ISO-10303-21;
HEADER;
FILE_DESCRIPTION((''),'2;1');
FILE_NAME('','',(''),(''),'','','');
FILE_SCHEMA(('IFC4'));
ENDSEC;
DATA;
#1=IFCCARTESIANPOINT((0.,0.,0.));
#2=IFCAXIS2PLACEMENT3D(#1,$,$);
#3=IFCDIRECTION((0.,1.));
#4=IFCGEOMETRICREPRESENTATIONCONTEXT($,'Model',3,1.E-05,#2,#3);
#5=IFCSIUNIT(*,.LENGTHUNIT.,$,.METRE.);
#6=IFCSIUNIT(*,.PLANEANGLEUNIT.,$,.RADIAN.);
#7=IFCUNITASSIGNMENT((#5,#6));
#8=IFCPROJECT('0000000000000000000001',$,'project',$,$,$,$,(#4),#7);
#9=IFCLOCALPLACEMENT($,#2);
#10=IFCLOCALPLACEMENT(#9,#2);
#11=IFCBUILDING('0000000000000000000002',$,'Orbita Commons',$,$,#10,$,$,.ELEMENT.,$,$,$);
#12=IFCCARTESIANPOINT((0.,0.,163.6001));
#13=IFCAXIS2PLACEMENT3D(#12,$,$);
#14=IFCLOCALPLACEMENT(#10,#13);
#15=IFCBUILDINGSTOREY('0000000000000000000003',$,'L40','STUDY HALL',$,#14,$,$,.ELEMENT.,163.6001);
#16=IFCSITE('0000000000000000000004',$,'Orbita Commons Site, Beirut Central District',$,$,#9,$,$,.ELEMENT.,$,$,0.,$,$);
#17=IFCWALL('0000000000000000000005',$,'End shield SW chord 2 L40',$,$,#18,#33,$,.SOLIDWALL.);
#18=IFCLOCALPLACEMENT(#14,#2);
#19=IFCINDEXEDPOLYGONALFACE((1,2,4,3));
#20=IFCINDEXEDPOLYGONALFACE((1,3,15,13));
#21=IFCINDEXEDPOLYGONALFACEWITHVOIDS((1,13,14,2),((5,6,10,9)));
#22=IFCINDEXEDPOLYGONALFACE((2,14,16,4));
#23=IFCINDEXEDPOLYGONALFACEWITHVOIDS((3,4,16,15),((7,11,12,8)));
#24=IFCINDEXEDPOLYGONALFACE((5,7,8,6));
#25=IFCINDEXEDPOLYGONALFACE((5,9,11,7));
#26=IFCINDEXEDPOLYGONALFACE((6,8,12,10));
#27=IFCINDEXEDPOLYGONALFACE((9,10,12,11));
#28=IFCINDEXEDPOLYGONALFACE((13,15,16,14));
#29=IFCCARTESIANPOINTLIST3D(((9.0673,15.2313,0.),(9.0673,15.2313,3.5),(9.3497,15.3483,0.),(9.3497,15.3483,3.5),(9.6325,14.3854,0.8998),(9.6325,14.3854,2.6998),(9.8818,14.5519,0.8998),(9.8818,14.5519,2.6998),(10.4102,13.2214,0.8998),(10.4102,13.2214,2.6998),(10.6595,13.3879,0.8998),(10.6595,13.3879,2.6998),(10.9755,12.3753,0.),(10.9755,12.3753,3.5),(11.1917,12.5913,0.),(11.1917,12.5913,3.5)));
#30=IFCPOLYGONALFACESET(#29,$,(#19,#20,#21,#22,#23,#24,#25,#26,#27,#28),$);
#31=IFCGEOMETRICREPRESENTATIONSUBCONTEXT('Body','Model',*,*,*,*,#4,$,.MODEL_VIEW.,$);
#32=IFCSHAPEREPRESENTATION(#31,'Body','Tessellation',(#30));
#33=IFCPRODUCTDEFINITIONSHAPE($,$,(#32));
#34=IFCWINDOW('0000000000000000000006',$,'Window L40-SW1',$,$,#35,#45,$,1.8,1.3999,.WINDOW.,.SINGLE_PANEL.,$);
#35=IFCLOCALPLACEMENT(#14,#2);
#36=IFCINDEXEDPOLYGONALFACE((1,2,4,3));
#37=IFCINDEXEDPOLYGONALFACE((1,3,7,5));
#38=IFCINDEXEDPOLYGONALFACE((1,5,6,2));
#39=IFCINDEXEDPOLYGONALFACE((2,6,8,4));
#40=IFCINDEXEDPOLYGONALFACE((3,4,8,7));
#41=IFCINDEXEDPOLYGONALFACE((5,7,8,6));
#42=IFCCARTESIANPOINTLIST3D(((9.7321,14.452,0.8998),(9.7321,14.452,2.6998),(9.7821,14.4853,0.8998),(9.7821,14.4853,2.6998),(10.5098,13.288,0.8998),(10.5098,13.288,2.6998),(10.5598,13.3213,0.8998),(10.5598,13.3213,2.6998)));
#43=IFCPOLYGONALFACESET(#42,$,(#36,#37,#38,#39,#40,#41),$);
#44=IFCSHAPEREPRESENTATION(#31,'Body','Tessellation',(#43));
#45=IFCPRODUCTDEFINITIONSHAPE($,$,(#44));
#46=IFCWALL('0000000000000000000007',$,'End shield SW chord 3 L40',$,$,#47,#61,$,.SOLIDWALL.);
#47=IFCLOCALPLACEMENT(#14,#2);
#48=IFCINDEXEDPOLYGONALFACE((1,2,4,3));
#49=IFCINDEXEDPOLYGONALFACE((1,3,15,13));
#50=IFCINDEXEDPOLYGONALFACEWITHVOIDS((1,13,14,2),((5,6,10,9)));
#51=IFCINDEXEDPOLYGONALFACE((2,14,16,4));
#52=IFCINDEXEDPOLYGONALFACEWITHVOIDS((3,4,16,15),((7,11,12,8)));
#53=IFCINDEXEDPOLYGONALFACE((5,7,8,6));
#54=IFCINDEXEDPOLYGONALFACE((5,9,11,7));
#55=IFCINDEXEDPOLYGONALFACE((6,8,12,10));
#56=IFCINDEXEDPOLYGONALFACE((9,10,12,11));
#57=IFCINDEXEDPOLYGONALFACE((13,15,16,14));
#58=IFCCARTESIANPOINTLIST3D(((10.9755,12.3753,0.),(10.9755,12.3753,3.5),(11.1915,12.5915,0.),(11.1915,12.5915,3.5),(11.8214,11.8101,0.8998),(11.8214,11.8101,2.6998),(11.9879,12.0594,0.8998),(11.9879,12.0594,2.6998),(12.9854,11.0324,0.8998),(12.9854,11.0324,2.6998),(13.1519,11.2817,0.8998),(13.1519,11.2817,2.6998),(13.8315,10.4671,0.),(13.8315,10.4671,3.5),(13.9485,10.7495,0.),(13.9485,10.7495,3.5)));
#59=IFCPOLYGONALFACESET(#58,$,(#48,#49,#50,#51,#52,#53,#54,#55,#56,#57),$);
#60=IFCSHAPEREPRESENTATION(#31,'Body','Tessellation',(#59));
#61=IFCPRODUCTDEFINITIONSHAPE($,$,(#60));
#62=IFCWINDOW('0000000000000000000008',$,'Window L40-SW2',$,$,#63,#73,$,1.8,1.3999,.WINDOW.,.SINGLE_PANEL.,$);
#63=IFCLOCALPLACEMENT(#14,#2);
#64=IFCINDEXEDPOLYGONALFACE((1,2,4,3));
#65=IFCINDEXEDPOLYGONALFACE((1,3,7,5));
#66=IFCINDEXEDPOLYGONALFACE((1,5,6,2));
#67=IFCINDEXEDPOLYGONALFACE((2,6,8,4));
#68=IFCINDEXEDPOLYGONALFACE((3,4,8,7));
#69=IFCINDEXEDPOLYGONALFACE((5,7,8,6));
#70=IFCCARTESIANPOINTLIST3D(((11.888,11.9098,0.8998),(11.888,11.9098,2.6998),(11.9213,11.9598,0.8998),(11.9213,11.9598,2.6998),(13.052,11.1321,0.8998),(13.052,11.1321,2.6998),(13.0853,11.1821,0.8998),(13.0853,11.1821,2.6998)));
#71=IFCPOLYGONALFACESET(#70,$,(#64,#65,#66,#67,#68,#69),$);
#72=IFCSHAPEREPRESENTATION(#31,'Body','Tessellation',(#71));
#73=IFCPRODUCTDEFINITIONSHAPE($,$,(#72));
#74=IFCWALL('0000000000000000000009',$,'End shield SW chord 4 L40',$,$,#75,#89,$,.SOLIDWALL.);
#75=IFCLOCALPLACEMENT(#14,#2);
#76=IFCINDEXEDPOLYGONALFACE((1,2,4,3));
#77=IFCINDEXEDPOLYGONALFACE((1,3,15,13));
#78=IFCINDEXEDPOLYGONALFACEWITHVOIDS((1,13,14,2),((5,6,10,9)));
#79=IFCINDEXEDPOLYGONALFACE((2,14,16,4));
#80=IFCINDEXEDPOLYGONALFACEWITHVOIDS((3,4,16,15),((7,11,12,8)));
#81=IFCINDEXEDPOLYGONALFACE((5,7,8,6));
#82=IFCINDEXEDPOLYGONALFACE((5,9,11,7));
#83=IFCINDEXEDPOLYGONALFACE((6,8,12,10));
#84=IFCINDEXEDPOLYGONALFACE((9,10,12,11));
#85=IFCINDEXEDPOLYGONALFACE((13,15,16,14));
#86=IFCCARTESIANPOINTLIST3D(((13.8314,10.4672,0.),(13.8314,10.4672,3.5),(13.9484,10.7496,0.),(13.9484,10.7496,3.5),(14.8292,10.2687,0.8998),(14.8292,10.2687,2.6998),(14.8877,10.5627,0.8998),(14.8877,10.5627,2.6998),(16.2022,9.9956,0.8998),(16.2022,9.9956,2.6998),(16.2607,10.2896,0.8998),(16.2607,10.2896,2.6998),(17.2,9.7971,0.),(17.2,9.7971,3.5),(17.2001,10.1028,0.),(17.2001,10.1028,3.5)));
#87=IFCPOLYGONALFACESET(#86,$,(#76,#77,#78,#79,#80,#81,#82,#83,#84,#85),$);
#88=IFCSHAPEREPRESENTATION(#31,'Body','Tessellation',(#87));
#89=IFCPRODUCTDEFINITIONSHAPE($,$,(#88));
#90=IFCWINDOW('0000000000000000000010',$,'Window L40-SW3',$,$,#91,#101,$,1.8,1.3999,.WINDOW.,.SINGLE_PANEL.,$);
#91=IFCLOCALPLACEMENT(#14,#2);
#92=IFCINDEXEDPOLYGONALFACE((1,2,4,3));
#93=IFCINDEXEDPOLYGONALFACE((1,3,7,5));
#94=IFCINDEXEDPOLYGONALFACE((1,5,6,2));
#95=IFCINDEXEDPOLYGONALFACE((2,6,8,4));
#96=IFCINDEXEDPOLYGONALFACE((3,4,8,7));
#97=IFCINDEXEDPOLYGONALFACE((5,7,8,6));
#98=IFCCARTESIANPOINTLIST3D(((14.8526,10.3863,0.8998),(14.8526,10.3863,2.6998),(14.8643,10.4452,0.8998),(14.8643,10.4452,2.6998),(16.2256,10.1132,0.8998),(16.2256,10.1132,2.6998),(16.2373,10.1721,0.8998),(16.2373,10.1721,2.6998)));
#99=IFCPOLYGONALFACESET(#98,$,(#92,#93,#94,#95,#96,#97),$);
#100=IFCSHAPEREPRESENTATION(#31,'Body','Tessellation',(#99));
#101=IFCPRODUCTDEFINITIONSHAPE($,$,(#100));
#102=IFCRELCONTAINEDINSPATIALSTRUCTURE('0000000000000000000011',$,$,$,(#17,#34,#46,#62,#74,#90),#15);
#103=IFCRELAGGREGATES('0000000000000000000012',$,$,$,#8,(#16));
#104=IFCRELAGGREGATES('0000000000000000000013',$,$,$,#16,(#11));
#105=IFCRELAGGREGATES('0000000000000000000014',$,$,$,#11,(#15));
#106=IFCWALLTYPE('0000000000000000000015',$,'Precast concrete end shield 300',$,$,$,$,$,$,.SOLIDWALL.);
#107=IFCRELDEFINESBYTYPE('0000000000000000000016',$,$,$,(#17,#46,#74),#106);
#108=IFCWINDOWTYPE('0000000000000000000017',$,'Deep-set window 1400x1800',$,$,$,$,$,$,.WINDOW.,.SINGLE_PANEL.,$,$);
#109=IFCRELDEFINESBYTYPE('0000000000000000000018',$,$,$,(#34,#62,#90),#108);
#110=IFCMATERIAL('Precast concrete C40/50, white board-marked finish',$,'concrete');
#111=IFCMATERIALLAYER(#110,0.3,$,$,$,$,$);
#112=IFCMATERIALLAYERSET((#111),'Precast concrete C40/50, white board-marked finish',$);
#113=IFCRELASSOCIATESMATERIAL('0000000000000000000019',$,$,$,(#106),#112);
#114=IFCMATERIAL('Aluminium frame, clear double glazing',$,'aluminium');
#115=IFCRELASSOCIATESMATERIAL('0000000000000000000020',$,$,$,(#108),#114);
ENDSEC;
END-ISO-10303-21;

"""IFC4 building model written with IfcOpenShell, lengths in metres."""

from ifc_helpers import new_model, si_unit, direction, frame, frame_2d, origin, place, context, subcontext, project, spatial, polyline, rectangle, outline, extrude, material, layer, layer_set, type_object, element, fill, save


model = new_model("IFC4")

# Units and contexts
model_context = context("Model", 3, precision=1e-05, world=origin(), true_north=direction((0.0, 1.0)))
body_context = subcontext(model_context, "Body", "Model", "MODEL_VIEW")
ifc_project = project(units=[si_unit("LENGTHUNIT", "METRE"), si_unit("PLANEANGLEUNIT", "RADIAN")], contexts=[model_context])

# Site, building, storey
site_placement = place(None, origin())
site = spatial("IfcSite", under=ifc_project, at=site_placement, Name="Orbita Commons Site, Beirut Central District", CompositionType="ELEMENT", RefElevation=0.0)
building_placement = place(site_placement, origin())
building = spatial("IfcBuilding", under=site, at=building_placement, Name="Orbita Commons", CompositionType="ELEMENT")
storey_placement = place(building_placement, frame((0.0, 0.0, 163.6001)))
storey = spatial("IfcBuildingStorey", under=building, at=storey_placement, Name="L40", Description="STUDY HALL", CompositionType="ELEMENT", Elevation=163.6001)

# Walls, openings, windows
ifc_material_1 = material(Name="Precast concrete C40/50, white board-marked finish", Category="concrete")
ifc_layer_1 = layer(ifc_material_1, 0.3)
ifc_layer_set_1 = layer_set([ifc_layer_1], Name="Precast concrete C40/50, white board-marked finish")
wall_type_1 = type_object("IfcWallType", Name="Precast concrete end shield 300", PredefinedType="SOLIDWALL", material=ifc_layer_set_1)
wall_1_placement = place(storey_placement, frame((9.2085, 15.2898, 0.0), z_axis=(0.0, 0.0, 1.0), x_axis=(0.555535, -0.831493, 0.0)))
wall_1 = element("IfcWall", 1, at=wall_1_placement, inside=storey, type_object=wall_type_1, Name="End shield SW chord 2 L40", PredefinedType="SOLIDWALL", context=body_context, shape_type="SweptSolid", body=[
    extrude(outline(polyline([(-0.0298, -0.1499), (3.405, -0.1499), (3.3455, 0.1499), (0.0298, 0.1499), (-0.0298, -0.1499)])), origin(), (0.0, 0.0, 1.0), 3.5),
])
opening_1_placement = place(wall_1_placement, frame((0.9875, 0.0, 0.8999)))
opening_1 = element("IfcOpeningElement", 2, at=opening_1_placement, cuts=wall_1, PredefinedType="OPENING", context=body_context, shape_type="SweptSolid", body=[
    extrude(rectangle(XDim=1.3999, YDim=1.8, at=frame_2d((0.7, 0.8999))), frame((0.0, 0.1599, 0.0), z_axis=(0.0, -1.0, 0.0), x_axis=(1.0, 0.0, 0.0)), (0.0, 0.0, 1.0), 0.3201),
])
ifc_material_2 = material(Name="Aluminium frame, clear double glazing", Category="aluminium")
window_type = type_object("IfcWindowType", Name="Deep-set window 1400x1800", PartitioningType="SINGLE_PANEL", PredefinedType="WINDOW", material=ifc_material_2)
window_1_placement = place(opening_1_placement, origin())
window_1 = element("IfcWindow", 3, at=window_1_placement, inside=storey, type_object=window_type, Name="Window L40-SW1", OverallHeight=1.8, OverallWidth=1.3999, PartitioningType="SINGLE_PANEL", PredefinedType="WINDOW", context=body_context, shape_type="SweptSolid", body=[
    extrude(rectangle(XDim=1.3999, YDim=1.8, at=frame_2d((0.7, 0.8999))), frame((0.0, 0.03, 0.0), z_axis=(0.0, -1.0, 0.0), x_axis=(1.0, 0.0, 0.0)), (0.0, 0.0, 1.0), 0.0601),
])
fill(opening_1, window_1)
wall_2_placement = place(storey_placement, frame((11.0835, 12.4834, 0.0), z_axis=(0.0, 0.0, 1.0), x_axis=(0.831493, -0.555535, 0.0)))
wall_2 = element("IfcWall", 4, at=wall_2_placement, inside=storey, type_object=wall_type_1, Name="End shield SW chord 3 L40", PredefinedType="SOLIDWALL", context=body_context, shape_type="SweptSolid", body=[
    extrude(outline(polyline([(-0.0298, -0.1499), (3.405, -0.1499), (3.3455, 0.1499), (0.0298, 0.1499), (-0.0298, -0.1499)])), origin(), (0.0, 0.0, 1.0), 3.5),
])
opening_2_placement = place(wall_2_placement, frame((0.9875, 0.0, 0.8999)))
opening_2 = element("IfcOpeningElement", 5, at=opening_2_placement, cuts=wall_2, PredefinedType="OPENING", context=body_context, shape_type="SweptSolid", body=[
    extrude(rectangle(XDim=1.3999, YDim=1.8, at=frame_2d((0.7, 0.8999))), frame((0.0, 0.1599, 0.0), z_axis=(0.0, -1.0, 0.0), x_axis=(1.0, 0.0, 0.0)), (0.0, 0.0, 1.0), 0.3201),
])
window_2_placement = place(opening_2_placement, origin())
window_2 = element("IfcWindow", 6, at=window_2_placement, inside=storey, type_object=window_type, Name="Window L40-SW2", OverallHeight=1.8, OverallWidth=1.3999, PartitioningType="SINGLE_PANEL", PredefinedType="WINDOW", context=body_context, shape_type="SweptSolid", body=[
    extrude(rectangle(XDim=1.3999, YDim=1.8, at=frame_2d((0.7, 0.8999))), frame((0.0, 0.03, 0.0), z_axis=(0.0, -1.0, 0.0), x_axis=(1.0, 0.0, 0.0)), (0.0, 0.0, 1.0), 0.0601),
])
fill(opening_2, window_2)
wall_3_placement = place(storey_placement, frame((13.8899, 10.6084, 0.0), z_axis=(0.0, 0.0, 1.0), x_axis=(0.980783, -0.1951, 0.0)))
wall_3 = element("IfcWall", 7, at=wall_3_placement, inside=storey, type_object=wall_type_1, Name="End shield SW chord 4 L40", PredefinedType="SOLIDWALL", context=body_context, shape_type="SweptSolid", body=[
    extrude(outline(polyline([(-0.0298, -0.1499), (3.4048, -0.1499), (3.3452, 0.1499), (0.0298, 0.1499), (-0.0298, -0.1499)])), origin(), (0.0, 0.0, 1.0), 3.5),
])
opening_3_placement = place(wall_3_placement, frame((0.9875, 0.0, 0.8999)))
opening_3 = element("IfcOpeningElement", 8, at=opening_3_placement, cuts=wall_3, PredefinedType="OPENING", context=body_context, shape_type="SweptSolid", body=[
    extrude(rectangle(XDim=1.3999, YDim=1.8, at=frame_2d((0.7, 0.8999))), frame((0.0, 0.1599, 0.0), z_axis=(0.0, -1.0, 0.0), x_axis=(1.0, 0.0, 0.0)), (0.0, 0.0, 1.0), 0.3201),
])
window_3_placement = place(opening_3_placement, origin())
window_3 = element("IfcWindow", 9, at=window_3_placement, inside=storey, type_object=window_type, Name="Window L40-SW3", OverallHeight=1.8, OverallWidth=1.3999, PartitioningType="SINGLE_PANEL", PredefinedType="WINDOW", context=body_context, shape_type="SweptSolid", body=[
    extrude(rectangle(XDim=1.3999, YDim=1.8, at=frame_2d((0.7, 0.8999))), frame((0.0, 0.03, 0.0), z_axis=(0.0, -1.0, 0.0), x_axis=(1.0, 0.0, 0.0)), (0.0, 0.0, 1.0), 0.0601),
])
fill(opening_3, window_3)

save(model, "model.ifc")
